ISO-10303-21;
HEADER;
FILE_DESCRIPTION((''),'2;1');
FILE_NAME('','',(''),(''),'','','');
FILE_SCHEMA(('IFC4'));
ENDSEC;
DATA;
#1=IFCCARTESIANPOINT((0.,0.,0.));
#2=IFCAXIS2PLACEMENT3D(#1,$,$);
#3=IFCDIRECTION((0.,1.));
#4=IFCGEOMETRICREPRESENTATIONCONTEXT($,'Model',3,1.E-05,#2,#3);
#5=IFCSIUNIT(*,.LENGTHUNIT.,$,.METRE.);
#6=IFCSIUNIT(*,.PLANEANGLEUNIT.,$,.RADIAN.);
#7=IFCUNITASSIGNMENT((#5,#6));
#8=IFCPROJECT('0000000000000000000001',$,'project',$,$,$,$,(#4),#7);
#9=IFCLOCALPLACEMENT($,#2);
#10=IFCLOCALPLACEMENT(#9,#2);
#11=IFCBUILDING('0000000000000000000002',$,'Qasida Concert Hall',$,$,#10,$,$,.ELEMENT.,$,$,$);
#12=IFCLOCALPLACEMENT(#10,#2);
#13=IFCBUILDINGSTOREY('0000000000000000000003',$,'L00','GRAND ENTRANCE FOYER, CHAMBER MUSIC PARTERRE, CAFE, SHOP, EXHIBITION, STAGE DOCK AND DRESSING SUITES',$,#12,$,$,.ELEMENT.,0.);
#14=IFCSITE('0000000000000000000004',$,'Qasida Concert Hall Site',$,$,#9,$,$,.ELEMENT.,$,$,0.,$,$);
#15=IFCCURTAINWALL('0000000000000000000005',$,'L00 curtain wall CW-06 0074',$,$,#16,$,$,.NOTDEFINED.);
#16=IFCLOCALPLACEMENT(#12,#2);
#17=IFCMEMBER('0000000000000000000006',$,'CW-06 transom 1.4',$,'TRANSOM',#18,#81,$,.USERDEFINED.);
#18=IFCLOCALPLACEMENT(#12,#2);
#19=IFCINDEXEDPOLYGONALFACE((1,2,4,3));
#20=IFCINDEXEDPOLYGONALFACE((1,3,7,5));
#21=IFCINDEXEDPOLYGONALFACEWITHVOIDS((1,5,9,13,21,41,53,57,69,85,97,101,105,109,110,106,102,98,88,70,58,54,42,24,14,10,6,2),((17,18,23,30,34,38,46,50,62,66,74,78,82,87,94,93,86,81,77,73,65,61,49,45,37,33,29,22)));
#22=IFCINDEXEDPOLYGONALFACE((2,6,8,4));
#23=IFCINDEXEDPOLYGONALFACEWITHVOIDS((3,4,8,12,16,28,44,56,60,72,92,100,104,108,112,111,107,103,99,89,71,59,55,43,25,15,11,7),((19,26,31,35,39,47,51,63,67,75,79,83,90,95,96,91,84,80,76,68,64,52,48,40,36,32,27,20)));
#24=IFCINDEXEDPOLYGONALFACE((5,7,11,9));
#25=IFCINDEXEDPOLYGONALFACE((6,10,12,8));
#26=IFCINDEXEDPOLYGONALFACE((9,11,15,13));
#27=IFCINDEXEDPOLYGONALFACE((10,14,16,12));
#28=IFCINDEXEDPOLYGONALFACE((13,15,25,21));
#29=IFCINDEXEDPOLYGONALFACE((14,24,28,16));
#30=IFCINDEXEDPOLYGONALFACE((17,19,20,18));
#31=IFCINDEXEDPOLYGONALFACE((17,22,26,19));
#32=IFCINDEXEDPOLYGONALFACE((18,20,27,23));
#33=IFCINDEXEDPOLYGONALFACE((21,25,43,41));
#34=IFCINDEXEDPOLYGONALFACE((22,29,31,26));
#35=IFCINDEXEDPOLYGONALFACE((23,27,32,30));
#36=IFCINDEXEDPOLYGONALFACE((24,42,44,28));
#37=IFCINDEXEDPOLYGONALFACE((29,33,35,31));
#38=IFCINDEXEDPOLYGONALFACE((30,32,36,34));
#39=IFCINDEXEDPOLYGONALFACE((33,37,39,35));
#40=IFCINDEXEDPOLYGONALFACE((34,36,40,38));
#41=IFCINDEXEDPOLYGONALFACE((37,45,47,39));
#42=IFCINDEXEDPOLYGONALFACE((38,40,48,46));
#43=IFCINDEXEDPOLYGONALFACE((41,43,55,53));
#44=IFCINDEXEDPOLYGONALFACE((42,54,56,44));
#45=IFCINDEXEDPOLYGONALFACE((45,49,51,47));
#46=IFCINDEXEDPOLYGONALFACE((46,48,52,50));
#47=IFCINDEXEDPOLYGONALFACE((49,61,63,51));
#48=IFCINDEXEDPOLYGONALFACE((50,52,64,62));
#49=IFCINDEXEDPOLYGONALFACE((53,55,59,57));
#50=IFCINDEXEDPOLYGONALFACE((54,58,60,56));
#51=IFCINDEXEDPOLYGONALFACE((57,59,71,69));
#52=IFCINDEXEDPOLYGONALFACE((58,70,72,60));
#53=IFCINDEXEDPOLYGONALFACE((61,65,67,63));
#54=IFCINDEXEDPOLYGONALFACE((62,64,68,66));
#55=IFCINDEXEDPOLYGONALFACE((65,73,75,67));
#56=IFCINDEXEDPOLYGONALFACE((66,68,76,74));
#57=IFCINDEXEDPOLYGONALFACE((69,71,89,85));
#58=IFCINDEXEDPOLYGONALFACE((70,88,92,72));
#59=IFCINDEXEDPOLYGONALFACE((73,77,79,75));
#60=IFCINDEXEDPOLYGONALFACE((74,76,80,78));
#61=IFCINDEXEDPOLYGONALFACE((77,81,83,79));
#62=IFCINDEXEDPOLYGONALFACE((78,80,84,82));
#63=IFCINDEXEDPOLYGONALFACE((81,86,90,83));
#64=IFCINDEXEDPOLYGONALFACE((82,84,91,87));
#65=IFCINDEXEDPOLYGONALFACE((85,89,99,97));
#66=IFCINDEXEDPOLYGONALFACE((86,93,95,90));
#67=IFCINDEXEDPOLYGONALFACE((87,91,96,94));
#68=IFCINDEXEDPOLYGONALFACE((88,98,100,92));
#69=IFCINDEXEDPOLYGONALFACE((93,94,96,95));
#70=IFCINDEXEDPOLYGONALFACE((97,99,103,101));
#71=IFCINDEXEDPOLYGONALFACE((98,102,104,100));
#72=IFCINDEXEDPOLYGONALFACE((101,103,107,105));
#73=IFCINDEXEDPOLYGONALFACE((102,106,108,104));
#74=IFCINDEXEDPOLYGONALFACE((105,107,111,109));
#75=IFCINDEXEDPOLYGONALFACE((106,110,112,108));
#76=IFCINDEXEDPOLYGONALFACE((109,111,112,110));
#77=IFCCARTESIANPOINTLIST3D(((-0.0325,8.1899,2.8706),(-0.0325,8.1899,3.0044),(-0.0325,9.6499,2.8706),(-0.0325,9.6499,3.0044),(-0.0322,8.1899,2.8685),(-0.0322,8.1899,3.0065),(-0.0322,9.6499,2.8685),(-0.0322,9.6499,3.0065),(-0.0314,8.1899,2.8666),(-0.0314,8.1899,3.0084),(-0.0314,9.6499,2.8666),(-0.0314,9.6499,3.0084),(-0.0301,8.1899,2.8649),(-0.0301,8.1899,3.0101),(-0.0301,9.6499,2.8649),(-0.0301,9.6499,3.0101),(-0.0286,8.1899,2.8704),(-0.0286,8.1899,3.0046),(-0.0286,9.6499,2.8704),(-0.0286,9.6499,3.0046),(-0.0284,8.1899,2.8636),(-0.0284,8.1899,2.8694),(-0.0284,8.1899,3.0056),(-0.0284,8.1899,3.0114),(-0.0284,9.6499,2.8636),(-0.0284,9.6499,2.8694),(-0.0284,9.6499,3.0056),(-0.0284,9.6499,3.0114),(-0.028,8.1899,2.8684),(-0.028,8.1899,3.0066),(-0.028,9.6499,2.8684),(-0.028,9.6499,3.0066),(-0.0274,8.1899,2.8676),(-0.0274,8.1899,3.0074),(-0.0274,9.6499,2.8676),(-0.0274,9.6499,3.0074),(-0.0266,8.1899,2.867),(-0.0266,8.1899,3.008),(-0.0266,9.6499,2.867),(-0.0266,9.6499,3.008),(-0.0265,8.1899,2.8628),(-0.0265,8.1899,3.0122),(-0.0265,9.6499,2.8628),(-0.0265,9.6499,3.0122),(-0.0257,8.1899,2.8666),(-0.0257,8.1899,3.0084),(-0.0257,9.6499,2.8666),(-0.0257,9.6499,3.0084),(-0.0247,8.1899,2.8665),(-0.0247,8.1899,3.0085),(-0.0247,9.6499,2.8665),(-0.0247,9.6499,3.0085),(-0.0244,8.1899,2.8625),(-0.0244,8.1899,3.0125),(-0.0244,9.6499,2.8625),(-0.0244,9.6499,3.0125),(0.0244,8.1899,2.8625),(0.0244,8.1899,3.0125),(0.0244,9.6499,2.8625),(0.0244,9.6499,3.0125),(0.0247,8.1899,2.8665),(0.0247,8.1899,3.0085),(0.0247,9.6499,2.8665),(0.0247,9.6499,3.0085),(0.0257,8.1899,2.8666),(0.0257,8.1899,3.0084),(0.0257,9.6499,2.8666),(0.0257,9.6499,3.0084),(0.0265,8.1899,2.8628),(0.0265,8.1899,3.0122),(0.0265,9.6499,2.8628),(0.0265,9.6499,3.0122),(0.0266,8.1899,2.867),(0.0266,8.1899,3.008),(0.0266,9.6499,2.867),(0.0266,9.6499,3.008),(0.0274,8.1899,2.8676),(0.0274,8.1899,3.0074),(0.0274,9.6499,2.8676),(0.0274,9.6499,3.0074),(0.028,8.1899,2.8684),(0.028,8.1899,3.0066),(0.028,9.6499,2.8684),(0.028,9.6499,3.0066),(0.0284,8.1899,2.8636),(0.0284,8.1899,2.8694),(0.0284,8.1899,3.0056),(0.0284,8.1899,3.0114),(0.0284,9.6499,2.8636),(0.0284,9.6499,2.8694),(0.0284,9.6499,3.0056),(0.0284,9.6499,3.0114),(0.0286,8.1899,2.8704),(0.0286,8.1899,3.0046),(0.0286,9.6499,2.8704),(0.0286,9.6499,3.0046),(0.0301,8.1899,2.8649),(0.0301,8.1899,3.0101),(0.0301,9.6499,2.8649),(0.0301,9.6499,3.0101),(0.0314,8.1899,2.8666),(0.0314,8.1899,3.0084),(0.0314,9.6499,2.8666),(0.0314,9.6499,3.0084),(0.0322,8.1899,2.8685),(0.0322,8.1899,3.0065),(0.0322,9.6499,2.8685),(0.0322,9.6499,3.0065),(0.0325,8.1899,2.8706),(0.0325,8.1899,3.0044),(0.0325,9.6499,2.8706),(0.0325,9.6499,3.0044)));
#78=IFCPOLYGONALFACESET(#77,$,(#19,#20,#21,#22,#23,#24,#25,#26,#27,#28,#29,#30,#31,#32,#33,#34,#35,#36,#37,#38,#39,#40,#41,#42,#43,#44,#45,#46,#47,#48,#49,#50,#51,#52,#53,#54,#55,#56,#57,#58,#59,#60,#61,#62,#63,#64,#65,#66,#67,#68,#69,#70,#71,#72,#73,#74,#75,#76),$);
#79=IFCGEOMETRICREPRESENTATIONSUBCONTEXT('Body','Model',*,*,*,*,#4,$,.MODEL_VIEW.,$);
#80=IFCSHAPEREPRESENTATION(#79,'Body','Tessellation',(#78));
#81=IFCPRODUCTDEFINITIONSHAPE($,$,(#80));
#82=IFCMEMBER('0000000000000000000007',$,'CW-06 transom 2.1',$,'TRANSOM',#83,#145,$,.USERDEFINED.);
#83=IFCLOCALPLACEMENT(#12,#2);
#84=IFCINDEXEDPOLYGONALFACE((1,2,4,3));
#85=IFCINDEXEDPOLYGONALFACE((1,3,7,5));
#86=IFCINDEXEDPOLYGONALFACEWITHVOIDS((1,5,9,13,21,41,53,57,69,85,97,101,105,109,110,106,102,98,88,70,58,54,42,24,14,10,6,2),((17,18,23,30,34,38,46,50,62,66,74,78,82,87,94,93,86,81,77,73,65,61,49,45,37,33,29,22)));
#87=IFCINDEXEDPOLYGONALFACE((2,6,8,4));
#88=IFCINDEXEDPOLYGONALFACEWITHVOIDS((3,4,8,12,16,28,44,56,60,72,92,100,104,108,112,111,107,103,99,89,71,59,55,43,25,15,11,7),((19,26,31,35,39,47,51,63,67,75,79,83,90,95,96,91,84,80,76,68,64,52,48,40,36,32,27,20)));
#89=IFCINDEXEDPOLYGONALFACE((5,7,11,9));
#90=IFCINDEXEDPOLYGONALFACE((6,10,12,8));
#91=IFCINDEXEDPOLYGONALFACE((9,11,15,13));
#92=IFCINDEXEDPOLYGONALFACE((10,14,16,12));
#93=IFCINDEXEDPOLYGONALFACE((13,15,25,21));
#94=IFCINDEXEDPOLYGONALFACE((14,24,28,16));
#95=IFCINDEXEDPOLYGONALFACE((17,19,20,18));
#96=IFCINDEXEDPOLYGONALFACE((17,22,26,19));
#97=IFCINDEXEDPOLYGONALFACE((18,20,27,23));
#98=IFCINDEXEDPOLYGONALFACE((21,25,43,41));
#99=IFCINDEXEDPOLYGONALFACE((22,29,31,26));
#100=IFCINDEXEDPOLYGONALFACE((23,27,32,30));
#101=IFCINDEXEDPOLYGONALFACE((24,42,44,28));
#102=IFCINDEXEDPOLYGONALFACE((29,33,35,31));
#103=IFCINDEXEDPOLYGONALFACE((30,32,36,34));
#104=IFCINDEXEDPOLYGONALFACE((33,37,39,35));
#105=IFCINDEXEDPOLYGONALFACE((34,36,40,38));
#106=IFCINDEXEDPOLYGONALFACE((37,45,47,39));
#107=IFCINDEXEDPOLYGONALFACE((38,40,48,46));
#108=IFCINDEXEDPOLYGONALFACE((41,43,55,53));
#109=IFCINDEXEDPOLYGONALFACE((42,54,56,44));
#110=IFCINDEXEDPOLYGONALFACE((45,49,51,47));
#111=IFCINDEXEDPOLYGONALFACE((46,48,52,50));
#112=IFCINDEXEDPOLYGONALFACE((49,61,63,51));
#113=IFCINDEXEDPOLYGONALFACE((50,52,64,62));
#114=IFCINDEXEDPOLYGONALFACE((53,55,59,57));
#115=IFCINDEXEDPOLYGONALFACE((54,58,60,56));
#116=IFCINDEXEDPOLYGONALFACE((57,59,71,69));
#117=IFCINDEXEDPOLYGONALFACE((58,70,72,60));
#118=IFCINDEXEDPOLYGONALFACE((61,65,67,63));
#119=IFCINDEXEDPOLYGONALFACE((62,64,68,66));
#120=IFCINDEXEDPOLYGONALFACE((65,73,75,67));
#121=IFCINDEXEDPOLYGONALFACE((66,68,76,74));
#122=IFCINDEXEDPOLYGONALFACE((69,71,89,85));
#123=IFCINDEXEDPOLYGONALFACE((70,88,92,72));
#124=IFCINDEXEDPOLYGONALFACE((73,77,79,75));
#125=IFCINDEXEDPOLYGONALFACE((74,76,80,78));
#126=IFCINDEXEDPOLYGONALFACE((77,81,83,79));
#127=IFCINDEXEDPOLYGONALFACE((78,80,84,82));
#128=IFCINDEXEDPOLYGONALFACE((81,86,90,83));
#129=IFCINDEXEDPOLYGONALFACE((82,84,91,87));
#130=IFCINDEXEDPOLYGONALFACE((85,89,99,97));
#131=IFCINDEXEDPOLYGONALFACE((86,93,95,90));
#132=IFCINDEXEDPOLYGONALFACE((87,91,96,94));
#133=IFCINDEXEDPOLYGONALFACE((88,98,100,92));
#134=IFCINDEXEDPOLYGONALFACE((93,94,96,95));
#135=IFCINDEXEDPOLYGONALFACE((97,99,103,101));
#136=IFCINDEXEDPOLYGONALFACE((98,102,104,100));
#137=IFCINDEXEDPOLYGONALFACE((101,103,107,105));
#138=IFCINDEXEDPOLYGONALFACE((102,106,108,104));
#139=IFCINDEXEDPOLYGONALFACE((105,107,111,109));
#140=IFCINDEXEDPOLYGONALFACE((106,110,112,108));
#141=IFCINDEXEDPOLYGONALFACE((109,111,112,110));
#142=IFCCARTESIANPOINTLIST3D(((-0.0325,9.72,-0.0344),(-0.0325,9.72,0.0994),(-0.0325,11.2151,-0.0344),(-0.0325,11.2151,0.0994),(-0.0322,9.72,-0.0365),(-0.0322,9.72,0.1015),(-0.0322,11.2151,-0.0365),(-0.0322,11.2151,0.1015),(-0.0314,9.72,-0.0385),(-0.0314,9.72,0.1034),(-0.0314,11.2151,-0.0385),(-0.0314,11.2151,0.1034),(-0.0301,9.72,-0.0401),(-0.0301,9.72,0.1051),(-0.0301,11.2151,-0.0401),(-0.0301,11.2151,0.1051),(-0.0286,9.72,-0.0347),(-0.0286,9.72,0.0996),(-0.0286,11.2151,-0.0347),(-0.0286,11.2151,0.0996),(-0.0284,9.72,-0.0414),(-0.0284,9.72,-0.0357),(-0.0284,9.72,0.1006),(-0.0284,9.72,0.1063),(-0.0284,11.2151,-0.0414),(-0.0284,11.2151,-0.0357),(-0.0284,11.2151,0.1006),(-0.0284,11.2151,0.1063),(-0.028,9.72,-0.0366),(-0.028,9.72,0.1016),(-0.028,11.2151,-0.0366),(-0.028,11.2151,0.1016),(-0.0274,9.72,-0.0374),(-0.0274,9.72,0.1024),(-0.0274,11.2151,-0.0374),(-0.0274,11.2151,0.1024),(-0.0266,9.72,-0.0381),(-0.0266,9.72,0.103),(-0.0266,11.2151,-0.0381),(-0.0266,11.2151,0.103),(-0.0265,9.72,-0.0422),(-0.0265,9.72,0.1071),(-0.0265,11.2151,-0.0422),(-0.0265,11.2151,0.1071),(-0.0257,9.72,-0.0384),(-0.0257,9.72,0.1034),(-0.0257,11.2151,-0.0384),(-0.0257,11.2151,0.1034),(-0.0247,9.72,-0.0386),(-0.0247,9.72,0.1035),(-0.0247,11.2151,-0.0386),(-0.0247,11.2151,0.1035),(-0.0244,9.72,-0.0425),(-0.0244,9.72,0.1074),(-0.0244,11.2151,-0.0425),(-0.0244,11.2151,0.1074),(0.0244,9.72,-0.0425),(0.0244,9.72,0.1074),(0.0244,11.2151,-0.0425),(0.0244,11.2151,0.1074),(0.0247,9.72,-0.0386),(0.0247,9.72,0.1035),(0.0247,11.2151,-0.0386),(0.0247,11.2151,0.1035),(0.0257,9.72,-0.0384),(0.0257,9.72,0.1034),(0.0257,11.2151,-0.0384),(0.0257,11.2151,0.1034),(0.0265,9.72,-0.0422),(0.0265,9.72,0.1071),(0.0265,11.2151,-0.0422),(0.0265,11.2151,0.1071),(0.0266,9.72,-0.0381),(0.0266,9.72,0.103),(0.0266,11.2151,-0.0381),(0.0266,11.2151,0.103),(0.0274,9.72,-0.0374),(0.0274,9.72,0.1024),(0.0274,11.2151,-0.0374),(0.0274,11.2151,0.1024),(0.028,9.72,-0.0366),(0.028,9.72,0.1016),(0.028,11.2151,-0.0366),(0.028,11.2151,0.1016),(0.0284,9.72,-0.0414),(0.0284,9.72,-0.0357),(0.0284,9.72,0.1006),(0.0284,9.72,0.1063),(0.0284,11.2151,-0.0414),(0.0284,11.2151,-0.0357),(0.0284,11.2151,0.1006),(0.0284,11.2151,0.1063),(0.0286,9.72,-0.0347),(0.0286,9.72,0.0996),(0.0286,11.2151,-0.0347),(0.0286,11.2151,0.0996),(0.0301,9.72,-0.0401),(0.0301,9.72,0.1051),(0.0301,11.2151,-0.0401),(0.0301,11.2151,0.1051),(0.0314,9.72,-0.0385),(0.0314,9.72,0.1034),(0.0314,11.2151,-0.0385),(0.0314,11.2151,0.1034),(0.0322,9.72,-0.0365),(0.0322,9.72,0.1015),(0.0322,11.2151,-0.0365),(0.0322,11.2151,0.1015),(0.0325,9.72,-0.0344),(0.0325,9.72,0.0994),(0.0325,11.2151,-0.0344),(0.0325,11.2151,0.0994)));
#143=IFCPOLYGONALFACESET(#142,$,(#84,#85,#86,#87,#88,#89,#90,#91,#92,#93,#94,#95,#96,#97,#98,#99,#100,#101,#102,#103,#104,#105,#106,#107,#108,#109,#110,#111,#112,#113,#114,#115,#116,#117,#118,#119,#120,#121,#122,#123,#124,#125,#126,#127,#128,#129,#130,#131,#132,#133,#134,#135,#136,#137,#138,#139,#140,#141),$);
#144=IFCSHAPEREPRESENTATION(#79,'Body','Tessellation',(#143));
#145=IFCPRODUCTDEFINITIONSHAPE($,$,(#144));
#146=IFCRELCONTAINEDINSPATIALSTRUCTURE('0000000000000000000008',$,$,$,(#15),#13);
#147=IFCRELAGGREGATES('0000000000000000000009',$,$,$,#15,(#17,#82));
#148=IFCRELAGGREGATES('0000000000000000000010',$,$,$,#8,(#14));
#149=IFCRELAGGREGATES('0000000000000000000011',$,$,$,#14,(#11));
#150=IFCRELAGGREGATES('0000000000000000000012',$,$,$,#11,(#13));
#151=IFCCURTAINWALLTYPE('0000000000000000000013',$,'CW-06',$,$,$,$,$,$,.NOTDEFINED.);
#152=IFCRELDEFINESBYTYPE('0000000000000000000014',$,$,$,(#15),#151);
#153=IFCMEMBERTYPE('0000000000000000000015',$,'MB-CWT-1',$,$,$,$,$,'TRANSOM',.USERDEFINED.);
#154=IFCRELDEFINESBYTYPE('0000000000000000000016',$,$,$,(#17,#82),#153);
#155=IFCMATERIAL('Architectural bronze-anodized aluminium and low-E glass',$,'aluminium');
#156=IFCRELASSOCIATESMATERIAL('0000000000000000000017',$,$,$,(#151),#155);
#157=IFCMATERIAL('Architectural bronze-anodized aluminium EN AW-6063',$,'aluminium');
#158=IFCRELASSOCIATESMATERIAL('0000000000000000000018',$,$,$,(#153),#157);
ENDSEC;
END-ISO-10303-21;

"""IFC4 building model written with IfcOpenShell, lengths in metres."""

from ifc_helpers import new_model, si_unit, direction, frame, origin, origin_2d, place, context, subcontext, project, spatial, hollow_rectangle, extrude, material, material_profile, profile_set, type_object, element, aggregate, save


model = new_model("IFC4")

# Units and contexts
model_context = context("Model", 3, precision=1e-05, world=origin(), true_north=direction((0.0, 1.0)))
body_context = subcontext(model_context, "Body", "Model", "MODEL_VIEW")
ifc_project = project(units=[si_unit("LENGTHUNIT", "METRE"), si_unit("PLANEANGLEUNIT", "RADIAN")], contexts=[model_context])

# Site, building, storey
site_placement = place(None, origin())
site = spatial("IfcSite", under=ifc_project, at=site_placement, Name="Qasida Concert Hall Site", CompositionType="ELEMENT", RefElevation=0.0)
building_placement = place(site_placement, origin())
building = spatial("IfcBuilding", under=site, at=building_placement, Name="Qasida Concert Hall", CompositionType="ELEMENT")
storey_placement = place(building_placement, origin())
storey = spatial("IfcBuildingStorey", under=building, at=storey_placement, Name="L00", Description="GRAND ENTRANCE FOYER, CHAMBER MUSIC PARTERRE, CAFE, SHOP, EXHIBITION, STAGE DOCK AND DRESSING SUITES", CompositionType="ELEMENT", Elevation=0.0)

# Curtain wall, members
ifc_material_1 = material(Name="Architectural bronze-anodized aluminium and low-E glass", Category="aluminium")
curtain_wall_type = type_object("IfcCurtainWallType", Name="CW-06", PredefinedType="NOTDEFINED", material=ifc_material_1)
curtain_wall_placement = place(storey_placement, origin())
curtain_wall = element("IfcCurtainWall", 1, at=curtain_wall_placement, inside=storey, type_object=curtain_wall_type, Name="L00 curtain wall CW-06 0074", PredefinedType="NOTDEFINED")
ifc_material_2 = material(Name="Architectural bronze-anodized aluminium EN AW-6063", Category="aluminium")
ifc_material_profile_1 = material_profile(ifc_material_2, hollow_rectangle(XDim=0.0649, YDim=0.1499, WallThickness=0.0039, InnerFilletRadius=0.0039, OuterFilletRadius=0.0081, at=origin_2d()), Name="CWT 150x65x4")
ifc_profile_set_1 = profile_set([ifc_material_profile_1], Name="Architectural bronze-anodized aluminium EN AW-6063")
member_type_1 = type_object("IfcMemberType", Name="MB-CWT-1", ElementType="TRANSOM", PredefinedType="USERDEFINED", material=ifc_profile_set_1)
member_1_placement = place(storey_placement, frame((0.0, 8.1899, 2.9375), z_axis=(0.0, 1.0, 0.0), x_axis=(-1.0, 0.0, 0.0)))
member_1 = element("IfcMember", 2, at=member_1_placement, type_object=member_type_1, Name="CW-06 transom 1.4", ObjectType="TRANSOM", PredefinedType="USERDEFINED", context=body_context, shape_type="SweptSolid", body=[
    extrude(hollow_rectangle(XDim=0.0649, YDim=0.1499, WallThickness=0.0039, InnerFilletRadius=0.0039, OuterFilletRadius=0.0081, at=origin_2d()), origin(), (0.0, 0.0, 1.0), 1.46),
])
member_2_placement = place(storey_placement, frame((0.0, 9.72, 0.0325), z_axis=(0.0, 1.0, 0.0), x_axis=(-1.0, 0.0, 0.0)))
member_2 = element("IfcMember", 3, at=member_2_placement, type_object=member_type_1, Name="CW-06 transom 2.1", ObjectType="TRANSOM", PredefinedType="USERDEFINED", context=body_context, shape_type="SweptSolid", body=[
    extrude(hollow_rectangle(XDim=0.0649, YDim=0.1499, WallThickness=0.0039, InnerFilletRadius=0.0039, OuterFilletRadius=0.0081, at=origin_2d()), origin(), (0.0, 0.0, 1.0), 1.4951),
])
aggregate(curtain_wall, [member_1, member_2])

save(model, "model.ifc")
